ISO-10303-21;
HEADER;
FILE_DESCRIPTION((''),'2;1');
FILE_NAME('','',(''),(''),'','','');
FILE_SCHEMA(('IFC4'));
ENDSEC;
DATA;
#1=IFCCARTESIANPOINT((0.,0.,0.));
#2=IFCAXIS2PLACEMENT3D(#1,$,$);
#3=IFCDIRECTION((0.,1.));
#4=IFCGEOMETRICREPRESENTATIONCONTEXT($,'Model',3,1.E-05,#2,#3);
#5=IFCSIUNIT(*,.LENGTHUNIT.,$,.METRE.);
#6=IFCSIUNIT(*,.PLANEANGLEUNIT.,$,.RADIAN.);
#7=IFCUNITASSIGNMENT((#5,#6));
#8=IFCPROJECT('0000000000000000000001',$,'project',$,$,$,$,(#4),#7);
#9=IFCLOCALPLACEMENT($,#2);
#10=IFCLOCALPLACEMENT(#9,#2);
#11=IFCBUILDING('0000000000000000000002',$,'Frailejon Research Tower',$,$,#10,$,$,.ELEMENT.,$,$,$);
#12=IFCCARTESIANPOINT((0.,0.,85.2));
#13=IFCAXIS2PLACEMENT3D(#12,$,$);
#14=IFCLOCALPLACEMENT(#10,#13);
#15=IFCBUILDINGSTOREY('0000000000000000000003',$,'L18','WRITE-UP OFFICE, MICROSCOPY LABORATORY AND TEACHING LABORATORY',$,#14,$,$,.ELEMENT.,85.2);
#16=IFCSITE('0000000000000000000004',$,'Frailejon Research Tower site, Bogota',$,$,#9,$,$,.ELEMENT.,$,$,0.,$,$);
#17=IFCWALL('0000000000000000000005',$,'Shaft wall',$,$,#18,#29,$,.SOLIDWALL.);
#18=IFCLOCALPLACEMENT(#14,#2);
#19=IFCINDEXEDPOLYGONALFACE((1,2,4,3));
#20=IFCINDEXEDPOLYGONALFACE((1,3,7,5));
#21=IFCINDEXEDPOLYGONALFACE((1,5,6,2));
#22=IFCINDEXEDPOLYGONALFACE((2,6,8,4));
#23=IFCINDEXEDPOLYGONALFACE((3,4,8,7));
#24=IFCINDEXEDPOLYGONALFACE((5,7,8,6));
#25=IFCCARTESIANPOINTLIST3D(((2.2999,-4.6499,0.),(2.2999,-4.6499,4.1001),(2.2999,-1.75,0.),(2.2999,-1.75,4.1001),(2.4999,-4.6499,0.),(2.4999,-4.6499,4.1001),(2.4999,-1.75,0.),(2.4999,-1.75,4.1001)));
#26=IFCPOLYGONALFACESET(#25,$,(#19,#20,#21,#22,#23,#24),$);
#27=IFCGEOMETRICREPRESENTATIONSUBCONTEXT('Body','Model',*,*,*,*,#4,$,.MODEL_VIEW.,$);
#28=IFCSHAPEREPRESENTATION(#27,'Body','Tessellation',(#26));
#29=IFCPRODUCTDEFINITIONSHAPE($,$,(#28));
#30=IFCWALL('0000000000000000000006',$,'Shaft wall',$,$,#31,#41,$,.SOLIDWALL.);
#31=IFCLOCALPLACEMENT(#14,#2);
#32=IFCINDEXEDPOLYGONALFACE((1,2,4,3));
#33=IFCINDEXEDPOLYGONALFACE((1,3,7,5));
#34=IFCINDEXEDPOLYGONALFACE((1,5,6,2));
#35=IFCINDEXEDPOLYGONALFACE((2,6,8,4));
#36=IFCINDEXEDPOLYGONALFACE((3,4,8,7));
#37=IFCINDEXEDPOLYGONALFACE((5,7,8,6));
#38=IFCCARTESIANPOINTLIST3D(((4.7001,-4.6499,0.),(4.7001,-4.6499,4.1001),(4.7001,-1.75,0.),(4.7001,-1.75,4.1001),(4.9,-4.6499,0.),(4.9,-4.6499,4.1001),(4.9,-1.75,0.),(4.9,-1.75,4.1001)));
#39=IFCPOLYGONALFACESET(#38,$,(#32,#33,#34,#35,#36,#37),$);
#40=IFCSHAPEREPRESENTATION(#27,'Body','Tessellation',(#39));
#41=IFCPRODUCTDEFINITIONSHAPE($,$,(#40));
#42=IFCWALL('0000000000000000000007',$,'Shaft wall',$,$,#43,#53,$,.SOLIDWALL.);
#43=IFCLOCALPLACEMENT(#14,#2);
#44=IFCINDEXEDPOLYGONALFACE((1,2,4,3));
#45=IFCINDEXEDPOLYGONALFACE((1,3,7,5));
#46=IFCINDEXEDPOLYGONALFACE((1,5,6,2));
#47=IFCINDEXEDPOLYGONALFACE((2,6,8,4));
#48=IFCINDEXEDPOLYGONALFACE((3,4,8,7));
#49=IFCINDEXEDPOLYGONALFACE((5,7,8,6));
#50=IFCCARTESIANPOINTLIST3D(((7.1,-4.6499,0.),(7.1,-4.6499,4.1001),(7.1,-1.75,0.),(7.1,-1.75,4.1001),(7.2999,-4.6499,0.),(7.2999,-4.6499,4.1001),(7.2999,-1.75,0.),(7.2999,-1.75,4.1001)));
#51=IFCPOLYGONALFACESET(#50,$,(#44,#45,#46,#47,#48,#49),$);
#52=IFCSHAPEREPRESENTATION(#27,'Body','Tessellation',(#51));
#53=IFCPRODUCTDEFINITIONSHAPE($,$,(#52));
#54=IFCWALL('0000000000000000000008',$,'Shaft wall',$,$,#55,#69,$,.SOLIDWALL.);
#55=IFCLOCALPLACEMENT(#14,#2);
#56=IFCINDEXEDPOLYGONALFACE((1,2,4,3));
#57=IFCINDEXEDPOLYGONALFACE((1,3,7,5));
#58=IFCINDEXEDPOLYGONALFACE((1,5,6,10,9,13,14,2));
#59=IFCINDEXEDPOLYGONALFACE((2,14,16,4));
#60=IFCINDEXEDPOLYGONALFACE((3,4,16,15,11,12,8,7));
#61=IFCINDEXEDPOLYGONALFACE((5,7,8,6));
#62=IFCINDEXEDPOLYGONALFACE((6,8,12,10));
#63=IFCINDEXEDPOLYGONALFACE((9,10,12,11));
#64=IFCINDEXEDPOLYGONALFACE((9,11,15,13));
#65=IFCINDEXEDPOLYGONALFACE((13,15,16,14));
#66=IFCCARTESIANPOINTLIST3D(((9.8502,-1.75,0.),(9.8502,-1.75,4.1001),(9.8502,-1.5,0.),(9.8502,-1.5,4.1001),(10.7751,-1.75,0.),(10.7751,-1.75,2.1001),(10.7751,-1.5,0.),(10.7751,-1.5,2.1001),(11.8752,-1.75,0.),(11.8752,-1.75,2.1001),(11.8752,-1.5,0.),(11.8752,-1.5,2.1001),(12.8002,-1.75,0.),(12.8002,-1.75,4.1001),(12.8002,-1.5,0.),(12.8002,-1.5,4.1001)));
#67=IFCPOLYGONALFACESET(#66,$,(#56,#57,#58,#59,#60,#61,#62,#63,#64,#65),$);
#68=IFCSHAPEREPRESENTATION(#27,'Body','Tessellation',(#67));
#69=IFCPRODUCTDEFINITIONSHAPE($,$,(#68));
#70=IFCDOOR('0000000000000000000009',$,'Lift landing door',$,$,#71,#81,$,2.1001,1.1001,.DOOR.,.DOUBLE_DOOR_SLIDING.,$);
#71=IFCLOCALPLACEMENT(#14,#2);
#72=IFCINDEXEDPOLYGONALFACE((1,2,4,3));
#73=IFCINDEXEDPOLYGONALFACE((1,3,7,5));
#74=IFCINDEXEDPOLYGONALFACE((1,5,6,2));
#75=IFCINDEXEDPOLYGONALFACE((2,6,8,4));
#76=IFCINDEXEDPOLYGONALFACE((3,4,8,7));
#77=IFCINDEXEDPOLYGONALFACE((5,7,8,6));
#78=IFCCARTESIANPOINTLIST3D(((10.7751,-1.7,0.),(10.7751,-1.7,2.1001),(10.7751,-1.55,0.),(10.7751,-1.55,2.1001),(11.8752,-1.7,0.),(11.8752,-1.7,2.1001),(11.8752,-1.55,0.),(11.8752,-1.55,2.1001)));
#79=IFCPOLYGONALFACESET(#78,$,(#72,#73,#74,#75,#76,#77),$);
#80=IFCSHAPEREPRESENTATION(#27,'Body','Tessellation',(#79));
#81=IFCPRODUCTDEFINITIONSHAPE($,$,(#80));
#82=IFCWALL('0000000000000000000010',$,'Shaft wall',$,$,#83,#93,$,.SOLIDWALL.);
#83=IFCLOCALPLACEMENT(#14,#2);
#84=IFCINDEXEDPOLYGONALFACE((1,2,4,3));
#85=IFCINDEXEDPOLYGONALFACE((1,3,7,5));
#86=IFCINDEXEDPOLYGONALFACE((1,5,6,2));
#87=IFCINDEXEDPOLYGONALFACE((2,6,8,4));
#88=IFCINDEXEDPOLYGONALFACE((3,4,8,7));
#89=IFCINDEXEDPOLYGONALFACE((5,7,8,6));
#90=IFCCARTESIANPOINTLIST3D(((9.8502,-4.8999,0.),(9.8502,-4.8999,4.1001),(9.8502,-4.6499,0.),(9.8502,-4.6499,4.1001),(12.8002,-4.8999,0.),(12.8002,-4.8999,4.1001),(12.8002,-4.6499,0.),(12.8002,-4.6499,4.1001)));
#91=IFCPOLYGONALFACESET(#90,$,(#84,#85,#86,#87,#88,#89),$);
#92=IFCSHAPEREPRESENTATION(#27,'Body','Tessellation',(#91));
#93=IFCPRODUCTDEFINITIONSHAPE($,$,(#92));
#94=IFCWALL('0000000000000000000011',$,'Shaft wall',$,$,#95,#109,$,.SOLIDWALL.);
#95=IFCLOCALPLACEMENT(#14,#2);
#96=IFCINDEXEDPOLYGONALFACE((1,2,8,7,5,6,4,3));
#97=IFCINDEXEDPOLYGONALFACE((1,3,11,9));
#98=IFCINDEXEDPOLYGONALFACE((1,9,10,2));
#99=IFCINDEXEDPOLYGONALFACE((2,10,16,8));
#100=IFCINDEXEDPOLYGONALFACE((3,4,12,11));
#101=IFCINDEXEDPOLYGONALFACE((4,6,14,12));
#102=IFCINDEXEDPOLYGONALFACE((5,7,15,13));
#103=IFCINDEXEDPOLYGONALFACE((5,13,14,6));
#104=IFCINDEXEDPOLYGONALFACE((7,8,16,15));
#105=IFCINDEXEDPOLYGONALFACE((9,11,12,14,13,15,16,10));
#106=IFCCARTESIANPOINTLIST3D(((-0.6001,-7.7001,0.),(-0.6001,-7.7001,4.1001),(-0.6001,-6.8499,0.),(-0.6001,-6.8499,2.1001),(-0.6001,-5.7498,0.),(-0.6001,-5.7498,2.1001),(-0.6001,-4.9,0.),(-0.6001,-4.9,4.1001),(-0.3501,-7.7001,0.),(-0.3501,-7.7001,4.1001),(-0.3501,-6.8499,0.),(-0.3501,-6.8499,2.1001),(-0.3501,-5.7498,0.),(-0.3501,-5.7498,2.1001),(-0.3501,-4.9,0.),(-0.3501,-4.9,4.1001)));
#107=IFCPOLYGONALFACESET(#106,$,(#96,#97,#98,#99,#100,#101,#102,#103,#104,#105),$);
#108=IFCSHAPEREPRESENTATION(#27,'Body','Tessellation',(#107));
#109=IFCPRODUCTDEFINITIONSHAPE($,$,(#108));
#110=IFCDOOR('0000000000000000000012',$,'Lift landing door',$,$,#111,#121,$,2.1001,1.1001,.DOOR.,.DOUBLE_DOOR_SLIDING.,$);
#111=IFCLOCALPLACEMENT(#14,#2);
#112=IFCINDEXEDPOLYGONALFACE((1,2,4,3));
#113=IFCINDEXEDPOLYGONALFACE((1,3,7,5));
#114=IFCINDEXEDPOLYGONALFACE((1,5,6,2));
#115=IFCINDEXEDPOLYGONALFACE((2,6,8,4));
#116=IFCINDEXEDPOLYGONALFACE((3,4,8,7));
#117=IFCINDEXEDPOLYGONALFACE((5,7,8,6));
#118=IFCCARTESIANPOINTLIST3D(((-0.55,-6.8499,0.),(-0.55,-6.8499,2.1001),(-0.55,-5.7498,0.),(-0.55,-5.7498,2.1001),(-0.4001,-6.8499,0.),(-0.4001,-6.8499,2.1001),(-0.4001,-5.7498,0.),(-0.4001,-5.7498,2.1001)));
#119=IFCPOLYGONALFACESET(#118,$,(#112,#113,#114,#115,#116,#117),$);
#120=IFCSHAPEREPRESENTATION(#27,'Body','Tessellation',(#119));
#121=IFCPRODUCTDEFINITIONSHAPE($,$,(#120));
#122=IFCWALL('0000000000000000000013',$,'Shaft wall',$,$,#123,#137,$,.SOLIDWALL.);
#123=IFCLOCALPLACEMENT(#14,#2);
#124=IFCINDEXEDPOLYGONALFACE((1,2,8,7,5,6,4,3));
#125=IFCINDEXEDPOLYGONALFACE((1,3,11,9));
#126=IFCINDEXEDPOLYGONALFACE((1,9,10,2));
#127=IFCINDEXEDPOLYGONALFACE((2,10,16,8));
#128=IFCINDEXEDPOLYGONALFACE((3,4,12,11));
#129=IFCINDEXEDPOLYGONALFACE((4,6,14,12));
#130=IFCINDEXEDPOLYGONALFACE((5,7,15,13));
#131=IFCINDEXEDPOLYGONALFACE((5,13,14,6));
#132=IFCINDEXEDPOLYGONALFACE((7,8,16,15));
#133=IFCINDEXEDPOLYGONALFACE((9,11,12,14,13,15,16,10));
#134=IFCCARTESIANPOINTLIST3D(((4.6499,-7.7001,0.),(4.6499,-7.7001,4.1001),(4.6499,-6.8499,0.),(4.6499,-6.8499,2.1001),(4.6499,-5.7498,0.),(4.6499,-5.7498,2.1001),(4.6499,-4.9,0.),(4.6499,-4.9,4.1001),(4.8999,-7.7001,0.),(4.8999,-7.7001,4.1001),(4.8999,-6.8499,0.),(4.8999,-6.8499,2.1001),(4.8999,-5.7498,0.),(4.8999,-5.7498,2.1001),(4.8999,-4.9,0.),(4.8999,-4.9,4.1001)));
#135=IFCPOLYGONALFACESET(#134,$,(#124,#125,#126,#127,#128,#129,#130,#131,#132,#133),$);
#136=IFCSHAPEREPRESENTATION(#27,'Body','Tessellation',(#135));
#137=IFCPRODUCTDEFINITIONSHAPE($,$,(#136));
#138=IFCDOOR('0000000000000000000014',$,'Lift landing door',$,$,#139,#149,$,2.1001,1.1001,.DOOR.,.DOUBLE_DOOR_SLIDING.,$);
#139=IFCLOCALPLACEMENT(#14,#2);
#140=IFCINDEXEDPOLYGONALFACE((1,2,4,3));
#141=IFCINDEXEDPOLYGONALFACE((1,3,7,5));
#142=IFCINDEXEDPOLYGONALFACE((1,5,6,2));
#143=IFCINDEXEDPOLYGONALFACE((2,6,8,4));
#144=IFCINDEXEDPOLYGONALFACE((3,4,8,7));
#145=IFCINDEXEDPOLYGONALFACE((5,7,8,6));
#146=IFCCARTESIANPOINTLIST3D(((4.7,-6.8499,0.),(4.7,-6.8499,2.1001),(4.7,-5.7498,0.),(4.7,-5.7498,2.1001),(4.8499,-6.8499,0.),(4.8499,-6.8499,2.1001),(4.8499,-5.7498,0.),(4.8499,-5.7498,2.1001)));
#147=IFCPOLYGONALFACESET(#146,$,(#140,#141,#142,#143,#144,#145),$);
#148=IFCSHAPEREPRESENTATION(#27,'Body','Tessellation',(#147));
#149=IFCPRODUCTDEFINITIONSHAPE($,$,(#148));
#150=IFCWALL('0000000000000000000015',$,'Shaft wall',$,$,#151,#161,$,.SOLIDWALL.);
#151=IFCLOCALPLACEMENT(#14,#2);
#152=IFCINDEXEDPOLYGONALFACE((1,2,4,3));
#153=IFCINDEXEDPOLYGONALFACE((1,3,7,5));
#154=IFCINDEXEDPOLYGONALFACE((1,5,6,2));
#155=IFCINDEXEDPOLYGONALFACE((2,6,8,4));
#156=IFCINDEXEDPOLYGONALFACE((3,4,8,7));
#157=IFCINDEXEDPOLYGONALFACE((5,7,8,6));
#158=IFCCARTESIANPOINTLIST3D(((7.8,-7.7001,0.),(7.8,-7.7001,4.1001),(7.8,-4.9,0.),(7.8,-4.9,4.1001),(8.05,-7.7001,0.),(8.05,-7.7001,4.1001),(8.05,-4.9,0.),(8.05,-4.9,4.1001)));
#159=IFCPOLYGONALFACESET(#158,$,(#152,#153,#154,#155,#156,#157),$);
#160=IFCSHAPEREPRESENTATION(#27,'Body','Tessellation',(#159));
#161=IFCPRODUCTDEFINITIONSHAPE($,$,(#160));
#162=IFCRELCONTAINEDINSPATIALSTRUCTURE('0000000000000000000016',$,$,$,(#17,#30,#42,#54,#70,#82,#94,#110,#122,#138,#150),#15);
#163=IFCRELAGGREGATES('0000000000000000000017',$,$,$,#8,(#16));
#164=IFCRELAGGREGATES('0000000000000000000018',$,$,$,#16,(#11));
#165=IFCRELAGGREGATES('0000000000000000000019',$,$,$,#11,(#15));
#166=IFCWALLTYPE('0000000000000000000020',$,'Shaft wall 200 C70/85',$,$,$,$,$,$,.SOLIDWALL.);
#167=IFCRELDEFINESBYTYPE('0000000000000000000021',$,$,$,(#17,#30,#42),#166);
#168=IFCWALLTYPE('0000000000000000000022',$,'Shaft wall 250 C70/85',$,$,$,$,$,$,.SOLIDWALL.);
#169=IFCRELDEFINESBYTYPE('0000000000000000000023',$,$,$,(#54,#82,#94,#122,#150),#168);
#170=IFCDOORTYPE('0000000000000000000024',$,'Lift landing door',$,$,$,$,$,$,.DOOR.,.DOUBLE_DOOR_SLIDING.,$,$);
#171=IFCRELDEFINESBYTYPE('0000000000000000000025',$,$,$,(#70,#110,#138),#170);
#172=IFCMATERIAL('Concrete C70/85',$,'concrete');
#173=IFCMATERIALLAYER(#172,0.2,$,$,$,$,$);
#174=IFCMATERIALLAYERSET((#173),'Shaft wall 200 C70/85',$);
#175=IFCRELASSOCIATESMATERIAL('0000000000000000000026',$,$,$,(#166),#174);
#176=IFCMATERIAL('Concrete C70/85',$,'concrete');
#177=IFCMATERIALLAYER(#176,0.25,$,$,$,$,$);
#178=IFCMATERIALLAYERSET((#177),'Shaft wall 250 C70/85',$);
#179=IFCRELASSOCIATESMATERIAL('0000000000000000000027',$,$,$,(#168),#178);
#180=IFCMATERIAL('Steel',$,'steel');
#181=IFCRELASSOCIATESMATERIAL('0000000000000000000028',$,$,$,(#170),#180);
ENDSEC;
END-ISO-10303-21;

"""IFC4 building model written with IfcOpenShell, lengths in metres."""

from ifc_helpers import new_model, si_unit, direction, frame, frame_2d, origin, place, context, subcontext, project, spatial, rectangle, extrude, material, layer, layer_set, type_object, element, fill, save


model = new_model("IFC4")

# Units and contexts
model_context = context("Model", 3, precision=1e-05, world=origin(), true_north=direction((0.0, 1.0)))
body_context = subcontext(model_context, "Body", "Model", "MODEL_VIEW")
ifc_project = project(units=[si_unit("LENGTHUNIT", "METRE"), si_unit("PLANEANGLEUNIT", "RADIAN")], contexts=[model_context])

# Site, building, storey
site_placement = place(None, origin())
site = spatial("IfcSite", under=ifc_project, at=site_placement, Name="Frailejon Research Tower site, Bogota", CompositionType="ELEMENT", RefElevation=0.0)
building_placement = place(site_placement, origin())
building = spatial("IfcBuilding", under=site, at=building_placement, Name="Frailejon Research Tower", CompositionType="ELEMENT")
storey_placement = place(building_placement, frame((0.0, 0.0, 85.2)))
storey = spatial("IfcBuildingStorey", under=building, at=storey_placement, Name="L18", Description="WRITE-UP OFFICE, MICROSCOPY LABORATORY AND TEACHING LABORATORY", CompositionType="ELEMENT", Elevation=85.2)

# Walls
ifc_material_1 = material(Name="Concrete C70/85", Category="concrete")
ifc_layer_1 = layer(ifc_material_1, 0.2)
ifc_layer_set_1 = layer_set([ifc_layer_1], Name="Shaft wall 200 C70/85")
wall_type_1 = type_object("IfcWallType", Name="Shaft wall 200 C70/85", PredefinedType="SOLIDWALL", material=ifc_layer_set_1)
for number, where, z_axis, x_axis, name in (
    (1, (2.3999, -4.6499, 0.0), (0.0, 0.0, 1.0), (0.0, 1.0, 0.0), "Shaft wall"),
    (2, (4.8, -4.6499, 0.0), (0.0, 0.0, 1.0), (0.0, 1.0, 0.0), "Shaft wall"),
    (3, (7.2, -4.6499, 0.0), (0.0, 0.0, 1.0), (0.0, 1.0, 0.0), "Shaft wall"),
):
    element("IfcWall", number, at=place(storey_placement, frame(where, z_axis=z_axis, x_axis=x_axis)), inside=storey, type_object=wall_type_1, Name=name, PredefinedType="SOLIDWALL", context=body_context, shape_type="SweptSolid", body=[
        extrude(rectangle(XDim=2.8999, YDim=0.2, at=frame_2d((1.45, 0.0))), origin(), (0.0, 0.0, 1.0), 4.1001),
    ])

# Wall, opening, door
ifc_material_2 = material(Name="Concrete C70/85", Category="concrete")
ifc_layer_2 = layer(ifc_material_2, 0.25)
ifc_layer_set_2 = layer_set([ifc_layer_2], Name="Shaft wall 250 C70/85")
wall_type_2 = type_object("IfcWallType", Name="Shaft wall 250 C70/85", PredefinedType="SOLIDWALL", material=ifc_layer_set_2)
wall_1_placement = place(storey_placement, frame((9.8501, -1.625, 0.0), z_axis=(0.0, 0.0, 1.0), x_axis=(1.0, 0.0, 0.0)))
wall_1 = element("IfcWall", 4, at=wall_1_placement, inside=storey, type_object=wall_type_2, Name="Shaft wall", PredefinedType="SOLIDWALL", context=body_context, shape_type="SweptSolid", body=[
    extrude(rectangle(XDim=2.95, YDim=0.25, at=frame_2d((1.4751, 0.0))), origin(), (0.0, 0.0, 1.0), 4.1001),
])
opening_1_placement = place(wall_1_placement, frame((0.925, 0.0, 0.0)))
opening_1 = element("IfcOpeningElement", 5, at=opening_1_placement, cuts=wall_1, PredefinedType="OPENING", context=body_context, shape_type="SweptSolid", body=[
    extrude(rectangle(XDim=1.1001, YDim=2.1001, at=frame_2d((0.55, 1.05))), frame((0.0, 0.135, 0.0), z_axis=(0.0, -1.0, 0.0), x_axis=(1.0, 0.0, 0.0)), (0.0, 0.0, 1.0), 0.27),
])
ifc_material_3 = material(Name="Steel", Category="steel")
door_type_1 = type_object("IfcDoorType", Name="Lift landing door", OperationType="DOUBLE_DOOR_SLIDING", PredefinedType="DOOR", material=ifc_material_3)
door_1_placement = place(opening_1_placement, origin())
door_1 = element("IfcDoor", 6, at=door_1_placement, inside=storey, type_object=door_type_1, Name="Lift landing door", OperationType="DOUBLE_DOOR_SLIDING", OverallHeight=2.1001, OverallWidth=1.1001, PredefinedType="DOOR", context=body_context, shape_type="SweptSolid", body=[
    extrude(rectangle(XDim=1.1001, YDim=2.1001, at=frame_2d((0.55, 1.05))), frame((0.0, 0.075, 0.0), z_axis=(0.0, -1.0, 0.0), x_axis=(1.0, 0.0, 0.0)), (0.0, 0.0, 1.0), 0.1499),
])
fill(opening_1, door_1)

# Wall
wall_2_placement = place(storey_placement, frame((9.8501, -4.7749, 0.0), z_axis=(0.0, 0.0, 1.0), x_axis=(1.0, 0.0, 0.0)))
element("IfcWall", 7, at=wall_2_placement, inside=storey, type_object=wall_type_2, Name="Shaft wall", PredefinedType="SOLIDWALL", context=body_context, shape_type="SweptSolid", body=[
    extrude(rectangle(XDim=2.95, YDim=0.25, at=frame_2d((1.4751, 0.0))), origin(), (0.0, 0.0, 1.0), 4.1001),
])

# Walls, openings, doors
wall_3_placement = place(storey_placement, frame((-0.4751, -7.7, 0.0), z_axis=(0.0, 0.0, 1.0), x_axis=(0.0, 1.0, 0.0)))
wall_3 = element("IfcWall", 8, at=wall_3_placement, inside=storey, type_object=wall_type_2, Name="Shaft wall", PredefinedType="SOLIDWALL", context=body_context, shape_type="SweptSolid", body=[
    extrude(rectangle(XDim=2.8, YDim=0.25, at=frame_2d((1.3999, 0.0))), origin(), (0.0, 0.0, 1.0), 4.1001),
])
opening_2_placement = place(wall_3_placement, frame((0.8501, 0.0, 0.0)))
opening_2 = element("IfcOpeningElement", 9, at=opening_2_placement, cuts=wall_3, PredefinedType="OPENING", context=body_context, shape_type="SweptSolid", body=[
    extrude(rectangle(XDim=1.1001, YDim=2.1001, at=frame_2d((0.55, 1.05))), frame((0.0, 0.135, 0.0), z_axis=(0.0, -1.0, 0.0), x_axis=(1.0, 0.0, 0.0)), (0.0, 0.0, 1.0), 0.27),
])
door_2_placement = place(opening_2_placement, origin())
door_2 = element("IfcDoor", 10, at=door_2_placement, inside=storey, type_object=door_type_1, Name="Lift landing door", OperationType="DOUBLE_DOOR_SLIDING", OverallHeight=2.1001, OverallWidth=1.1001, PredefinedType="DOOR", context=body_context, shape_type="SweptSolid", body=[
    extrude(rectangle(XDim=1.1001, YDim=2.1001, at=frame_2d((0.55, 1.05))), frame((0.0, 0.075, 0.0), z_axis=(0.0, -1.0, 0.0), x_axis=(1.0, 0.0, 0.0)), (0.0, 0.0, 1.0), 0.1499),
])
fill(opening_2, door_2)
wall_4_placement = place(storey_placement, frame((4.7749, -7.7, 0.0), z_axis=(0.0, 0.0, 1.0), x_axis=(0.0, 1.0, 0.0)))
wall_4 = element("IfcWall", 11, at=wall_4_placement, inside=storey, type_object=wall_type_2, Name="Shaft wall", PredefinedType="SOLIDWALL", context=body_context, shape_type="SweptSolid", body=[
    extrude(rectangle(XDim=2.8, YDim=0.25, at=frame_2d((1.3999, 0.0))), origin(), (0.0, 0.0, 1.0), 4.1001),
])
opening_3_placement = place(wall_4_placement, frame((0.8501, 0.0, 0.0)))
opening_3 = element("IfcOpeningElement", 12, at=opening_3_placement, cuts=wall_4, PredefinedType="OPENING", context=body_context, shape_type="SweptSolid", body=[
    extrude(rectangle(XDim=1.1001, YDim=2.1001, at=frame_2d((0.55, 1.05))), frame((0.0, 0.135, 0.0), z_axis=(0.0, -1.0, 0.0), x_axis=(1.0, 0.0, 0.0)), (0.0, 0.0, 1.0), 0.27),
])
door_3_placement = place(opening_3_placement, origin())
door_3 = element("IfcDoor", 13, at=door_3_placement, inside=storey, type_object=door_type_1, Name="Lift landing door", OperationType="DOUBLE_DOOR_SLIDING", OverallHeight=2.1001, OverallWidth=1.1001, PredefinedType="DOOR", context=body_context, shape_type="SweptSolid", body=[
    extrude(rectangle(XDim=1.1001, YDim=2.1001, at=frame_2d((0.55, 1.05))), frame((0.0, 0.075, 0.0), z_axis=(0.0, -1.0, 0.0), x_axis=(1.0, 0.0, 0.0)), (0.0, 0.0, 1.0), 0.1499),
])
fill(opening_3, door_3)

# Wall
wall_5_placement = place(storey_placement, frame((7.925, -7.7, 0.0), z_axis=(0.0, 0.0, 1.0), x_axis=(0.0, 1.0, 0.0)))
element("IfcWall", 14, at=wall_5_placement, inside=storey, type_object=wall_type_2, Name="Shaft wall", PredefinedType="SOLIDWALL", context=body_context, shape_type="SweptSolid", body=[
    extrude(rectangle(XDim=2.8, YDim=0.25, at=frame_2d((1.3999, 0.0))), origin(), (0.0, 0.0, 1.0), 4.1001),
])

save(model, "model.ifc")
